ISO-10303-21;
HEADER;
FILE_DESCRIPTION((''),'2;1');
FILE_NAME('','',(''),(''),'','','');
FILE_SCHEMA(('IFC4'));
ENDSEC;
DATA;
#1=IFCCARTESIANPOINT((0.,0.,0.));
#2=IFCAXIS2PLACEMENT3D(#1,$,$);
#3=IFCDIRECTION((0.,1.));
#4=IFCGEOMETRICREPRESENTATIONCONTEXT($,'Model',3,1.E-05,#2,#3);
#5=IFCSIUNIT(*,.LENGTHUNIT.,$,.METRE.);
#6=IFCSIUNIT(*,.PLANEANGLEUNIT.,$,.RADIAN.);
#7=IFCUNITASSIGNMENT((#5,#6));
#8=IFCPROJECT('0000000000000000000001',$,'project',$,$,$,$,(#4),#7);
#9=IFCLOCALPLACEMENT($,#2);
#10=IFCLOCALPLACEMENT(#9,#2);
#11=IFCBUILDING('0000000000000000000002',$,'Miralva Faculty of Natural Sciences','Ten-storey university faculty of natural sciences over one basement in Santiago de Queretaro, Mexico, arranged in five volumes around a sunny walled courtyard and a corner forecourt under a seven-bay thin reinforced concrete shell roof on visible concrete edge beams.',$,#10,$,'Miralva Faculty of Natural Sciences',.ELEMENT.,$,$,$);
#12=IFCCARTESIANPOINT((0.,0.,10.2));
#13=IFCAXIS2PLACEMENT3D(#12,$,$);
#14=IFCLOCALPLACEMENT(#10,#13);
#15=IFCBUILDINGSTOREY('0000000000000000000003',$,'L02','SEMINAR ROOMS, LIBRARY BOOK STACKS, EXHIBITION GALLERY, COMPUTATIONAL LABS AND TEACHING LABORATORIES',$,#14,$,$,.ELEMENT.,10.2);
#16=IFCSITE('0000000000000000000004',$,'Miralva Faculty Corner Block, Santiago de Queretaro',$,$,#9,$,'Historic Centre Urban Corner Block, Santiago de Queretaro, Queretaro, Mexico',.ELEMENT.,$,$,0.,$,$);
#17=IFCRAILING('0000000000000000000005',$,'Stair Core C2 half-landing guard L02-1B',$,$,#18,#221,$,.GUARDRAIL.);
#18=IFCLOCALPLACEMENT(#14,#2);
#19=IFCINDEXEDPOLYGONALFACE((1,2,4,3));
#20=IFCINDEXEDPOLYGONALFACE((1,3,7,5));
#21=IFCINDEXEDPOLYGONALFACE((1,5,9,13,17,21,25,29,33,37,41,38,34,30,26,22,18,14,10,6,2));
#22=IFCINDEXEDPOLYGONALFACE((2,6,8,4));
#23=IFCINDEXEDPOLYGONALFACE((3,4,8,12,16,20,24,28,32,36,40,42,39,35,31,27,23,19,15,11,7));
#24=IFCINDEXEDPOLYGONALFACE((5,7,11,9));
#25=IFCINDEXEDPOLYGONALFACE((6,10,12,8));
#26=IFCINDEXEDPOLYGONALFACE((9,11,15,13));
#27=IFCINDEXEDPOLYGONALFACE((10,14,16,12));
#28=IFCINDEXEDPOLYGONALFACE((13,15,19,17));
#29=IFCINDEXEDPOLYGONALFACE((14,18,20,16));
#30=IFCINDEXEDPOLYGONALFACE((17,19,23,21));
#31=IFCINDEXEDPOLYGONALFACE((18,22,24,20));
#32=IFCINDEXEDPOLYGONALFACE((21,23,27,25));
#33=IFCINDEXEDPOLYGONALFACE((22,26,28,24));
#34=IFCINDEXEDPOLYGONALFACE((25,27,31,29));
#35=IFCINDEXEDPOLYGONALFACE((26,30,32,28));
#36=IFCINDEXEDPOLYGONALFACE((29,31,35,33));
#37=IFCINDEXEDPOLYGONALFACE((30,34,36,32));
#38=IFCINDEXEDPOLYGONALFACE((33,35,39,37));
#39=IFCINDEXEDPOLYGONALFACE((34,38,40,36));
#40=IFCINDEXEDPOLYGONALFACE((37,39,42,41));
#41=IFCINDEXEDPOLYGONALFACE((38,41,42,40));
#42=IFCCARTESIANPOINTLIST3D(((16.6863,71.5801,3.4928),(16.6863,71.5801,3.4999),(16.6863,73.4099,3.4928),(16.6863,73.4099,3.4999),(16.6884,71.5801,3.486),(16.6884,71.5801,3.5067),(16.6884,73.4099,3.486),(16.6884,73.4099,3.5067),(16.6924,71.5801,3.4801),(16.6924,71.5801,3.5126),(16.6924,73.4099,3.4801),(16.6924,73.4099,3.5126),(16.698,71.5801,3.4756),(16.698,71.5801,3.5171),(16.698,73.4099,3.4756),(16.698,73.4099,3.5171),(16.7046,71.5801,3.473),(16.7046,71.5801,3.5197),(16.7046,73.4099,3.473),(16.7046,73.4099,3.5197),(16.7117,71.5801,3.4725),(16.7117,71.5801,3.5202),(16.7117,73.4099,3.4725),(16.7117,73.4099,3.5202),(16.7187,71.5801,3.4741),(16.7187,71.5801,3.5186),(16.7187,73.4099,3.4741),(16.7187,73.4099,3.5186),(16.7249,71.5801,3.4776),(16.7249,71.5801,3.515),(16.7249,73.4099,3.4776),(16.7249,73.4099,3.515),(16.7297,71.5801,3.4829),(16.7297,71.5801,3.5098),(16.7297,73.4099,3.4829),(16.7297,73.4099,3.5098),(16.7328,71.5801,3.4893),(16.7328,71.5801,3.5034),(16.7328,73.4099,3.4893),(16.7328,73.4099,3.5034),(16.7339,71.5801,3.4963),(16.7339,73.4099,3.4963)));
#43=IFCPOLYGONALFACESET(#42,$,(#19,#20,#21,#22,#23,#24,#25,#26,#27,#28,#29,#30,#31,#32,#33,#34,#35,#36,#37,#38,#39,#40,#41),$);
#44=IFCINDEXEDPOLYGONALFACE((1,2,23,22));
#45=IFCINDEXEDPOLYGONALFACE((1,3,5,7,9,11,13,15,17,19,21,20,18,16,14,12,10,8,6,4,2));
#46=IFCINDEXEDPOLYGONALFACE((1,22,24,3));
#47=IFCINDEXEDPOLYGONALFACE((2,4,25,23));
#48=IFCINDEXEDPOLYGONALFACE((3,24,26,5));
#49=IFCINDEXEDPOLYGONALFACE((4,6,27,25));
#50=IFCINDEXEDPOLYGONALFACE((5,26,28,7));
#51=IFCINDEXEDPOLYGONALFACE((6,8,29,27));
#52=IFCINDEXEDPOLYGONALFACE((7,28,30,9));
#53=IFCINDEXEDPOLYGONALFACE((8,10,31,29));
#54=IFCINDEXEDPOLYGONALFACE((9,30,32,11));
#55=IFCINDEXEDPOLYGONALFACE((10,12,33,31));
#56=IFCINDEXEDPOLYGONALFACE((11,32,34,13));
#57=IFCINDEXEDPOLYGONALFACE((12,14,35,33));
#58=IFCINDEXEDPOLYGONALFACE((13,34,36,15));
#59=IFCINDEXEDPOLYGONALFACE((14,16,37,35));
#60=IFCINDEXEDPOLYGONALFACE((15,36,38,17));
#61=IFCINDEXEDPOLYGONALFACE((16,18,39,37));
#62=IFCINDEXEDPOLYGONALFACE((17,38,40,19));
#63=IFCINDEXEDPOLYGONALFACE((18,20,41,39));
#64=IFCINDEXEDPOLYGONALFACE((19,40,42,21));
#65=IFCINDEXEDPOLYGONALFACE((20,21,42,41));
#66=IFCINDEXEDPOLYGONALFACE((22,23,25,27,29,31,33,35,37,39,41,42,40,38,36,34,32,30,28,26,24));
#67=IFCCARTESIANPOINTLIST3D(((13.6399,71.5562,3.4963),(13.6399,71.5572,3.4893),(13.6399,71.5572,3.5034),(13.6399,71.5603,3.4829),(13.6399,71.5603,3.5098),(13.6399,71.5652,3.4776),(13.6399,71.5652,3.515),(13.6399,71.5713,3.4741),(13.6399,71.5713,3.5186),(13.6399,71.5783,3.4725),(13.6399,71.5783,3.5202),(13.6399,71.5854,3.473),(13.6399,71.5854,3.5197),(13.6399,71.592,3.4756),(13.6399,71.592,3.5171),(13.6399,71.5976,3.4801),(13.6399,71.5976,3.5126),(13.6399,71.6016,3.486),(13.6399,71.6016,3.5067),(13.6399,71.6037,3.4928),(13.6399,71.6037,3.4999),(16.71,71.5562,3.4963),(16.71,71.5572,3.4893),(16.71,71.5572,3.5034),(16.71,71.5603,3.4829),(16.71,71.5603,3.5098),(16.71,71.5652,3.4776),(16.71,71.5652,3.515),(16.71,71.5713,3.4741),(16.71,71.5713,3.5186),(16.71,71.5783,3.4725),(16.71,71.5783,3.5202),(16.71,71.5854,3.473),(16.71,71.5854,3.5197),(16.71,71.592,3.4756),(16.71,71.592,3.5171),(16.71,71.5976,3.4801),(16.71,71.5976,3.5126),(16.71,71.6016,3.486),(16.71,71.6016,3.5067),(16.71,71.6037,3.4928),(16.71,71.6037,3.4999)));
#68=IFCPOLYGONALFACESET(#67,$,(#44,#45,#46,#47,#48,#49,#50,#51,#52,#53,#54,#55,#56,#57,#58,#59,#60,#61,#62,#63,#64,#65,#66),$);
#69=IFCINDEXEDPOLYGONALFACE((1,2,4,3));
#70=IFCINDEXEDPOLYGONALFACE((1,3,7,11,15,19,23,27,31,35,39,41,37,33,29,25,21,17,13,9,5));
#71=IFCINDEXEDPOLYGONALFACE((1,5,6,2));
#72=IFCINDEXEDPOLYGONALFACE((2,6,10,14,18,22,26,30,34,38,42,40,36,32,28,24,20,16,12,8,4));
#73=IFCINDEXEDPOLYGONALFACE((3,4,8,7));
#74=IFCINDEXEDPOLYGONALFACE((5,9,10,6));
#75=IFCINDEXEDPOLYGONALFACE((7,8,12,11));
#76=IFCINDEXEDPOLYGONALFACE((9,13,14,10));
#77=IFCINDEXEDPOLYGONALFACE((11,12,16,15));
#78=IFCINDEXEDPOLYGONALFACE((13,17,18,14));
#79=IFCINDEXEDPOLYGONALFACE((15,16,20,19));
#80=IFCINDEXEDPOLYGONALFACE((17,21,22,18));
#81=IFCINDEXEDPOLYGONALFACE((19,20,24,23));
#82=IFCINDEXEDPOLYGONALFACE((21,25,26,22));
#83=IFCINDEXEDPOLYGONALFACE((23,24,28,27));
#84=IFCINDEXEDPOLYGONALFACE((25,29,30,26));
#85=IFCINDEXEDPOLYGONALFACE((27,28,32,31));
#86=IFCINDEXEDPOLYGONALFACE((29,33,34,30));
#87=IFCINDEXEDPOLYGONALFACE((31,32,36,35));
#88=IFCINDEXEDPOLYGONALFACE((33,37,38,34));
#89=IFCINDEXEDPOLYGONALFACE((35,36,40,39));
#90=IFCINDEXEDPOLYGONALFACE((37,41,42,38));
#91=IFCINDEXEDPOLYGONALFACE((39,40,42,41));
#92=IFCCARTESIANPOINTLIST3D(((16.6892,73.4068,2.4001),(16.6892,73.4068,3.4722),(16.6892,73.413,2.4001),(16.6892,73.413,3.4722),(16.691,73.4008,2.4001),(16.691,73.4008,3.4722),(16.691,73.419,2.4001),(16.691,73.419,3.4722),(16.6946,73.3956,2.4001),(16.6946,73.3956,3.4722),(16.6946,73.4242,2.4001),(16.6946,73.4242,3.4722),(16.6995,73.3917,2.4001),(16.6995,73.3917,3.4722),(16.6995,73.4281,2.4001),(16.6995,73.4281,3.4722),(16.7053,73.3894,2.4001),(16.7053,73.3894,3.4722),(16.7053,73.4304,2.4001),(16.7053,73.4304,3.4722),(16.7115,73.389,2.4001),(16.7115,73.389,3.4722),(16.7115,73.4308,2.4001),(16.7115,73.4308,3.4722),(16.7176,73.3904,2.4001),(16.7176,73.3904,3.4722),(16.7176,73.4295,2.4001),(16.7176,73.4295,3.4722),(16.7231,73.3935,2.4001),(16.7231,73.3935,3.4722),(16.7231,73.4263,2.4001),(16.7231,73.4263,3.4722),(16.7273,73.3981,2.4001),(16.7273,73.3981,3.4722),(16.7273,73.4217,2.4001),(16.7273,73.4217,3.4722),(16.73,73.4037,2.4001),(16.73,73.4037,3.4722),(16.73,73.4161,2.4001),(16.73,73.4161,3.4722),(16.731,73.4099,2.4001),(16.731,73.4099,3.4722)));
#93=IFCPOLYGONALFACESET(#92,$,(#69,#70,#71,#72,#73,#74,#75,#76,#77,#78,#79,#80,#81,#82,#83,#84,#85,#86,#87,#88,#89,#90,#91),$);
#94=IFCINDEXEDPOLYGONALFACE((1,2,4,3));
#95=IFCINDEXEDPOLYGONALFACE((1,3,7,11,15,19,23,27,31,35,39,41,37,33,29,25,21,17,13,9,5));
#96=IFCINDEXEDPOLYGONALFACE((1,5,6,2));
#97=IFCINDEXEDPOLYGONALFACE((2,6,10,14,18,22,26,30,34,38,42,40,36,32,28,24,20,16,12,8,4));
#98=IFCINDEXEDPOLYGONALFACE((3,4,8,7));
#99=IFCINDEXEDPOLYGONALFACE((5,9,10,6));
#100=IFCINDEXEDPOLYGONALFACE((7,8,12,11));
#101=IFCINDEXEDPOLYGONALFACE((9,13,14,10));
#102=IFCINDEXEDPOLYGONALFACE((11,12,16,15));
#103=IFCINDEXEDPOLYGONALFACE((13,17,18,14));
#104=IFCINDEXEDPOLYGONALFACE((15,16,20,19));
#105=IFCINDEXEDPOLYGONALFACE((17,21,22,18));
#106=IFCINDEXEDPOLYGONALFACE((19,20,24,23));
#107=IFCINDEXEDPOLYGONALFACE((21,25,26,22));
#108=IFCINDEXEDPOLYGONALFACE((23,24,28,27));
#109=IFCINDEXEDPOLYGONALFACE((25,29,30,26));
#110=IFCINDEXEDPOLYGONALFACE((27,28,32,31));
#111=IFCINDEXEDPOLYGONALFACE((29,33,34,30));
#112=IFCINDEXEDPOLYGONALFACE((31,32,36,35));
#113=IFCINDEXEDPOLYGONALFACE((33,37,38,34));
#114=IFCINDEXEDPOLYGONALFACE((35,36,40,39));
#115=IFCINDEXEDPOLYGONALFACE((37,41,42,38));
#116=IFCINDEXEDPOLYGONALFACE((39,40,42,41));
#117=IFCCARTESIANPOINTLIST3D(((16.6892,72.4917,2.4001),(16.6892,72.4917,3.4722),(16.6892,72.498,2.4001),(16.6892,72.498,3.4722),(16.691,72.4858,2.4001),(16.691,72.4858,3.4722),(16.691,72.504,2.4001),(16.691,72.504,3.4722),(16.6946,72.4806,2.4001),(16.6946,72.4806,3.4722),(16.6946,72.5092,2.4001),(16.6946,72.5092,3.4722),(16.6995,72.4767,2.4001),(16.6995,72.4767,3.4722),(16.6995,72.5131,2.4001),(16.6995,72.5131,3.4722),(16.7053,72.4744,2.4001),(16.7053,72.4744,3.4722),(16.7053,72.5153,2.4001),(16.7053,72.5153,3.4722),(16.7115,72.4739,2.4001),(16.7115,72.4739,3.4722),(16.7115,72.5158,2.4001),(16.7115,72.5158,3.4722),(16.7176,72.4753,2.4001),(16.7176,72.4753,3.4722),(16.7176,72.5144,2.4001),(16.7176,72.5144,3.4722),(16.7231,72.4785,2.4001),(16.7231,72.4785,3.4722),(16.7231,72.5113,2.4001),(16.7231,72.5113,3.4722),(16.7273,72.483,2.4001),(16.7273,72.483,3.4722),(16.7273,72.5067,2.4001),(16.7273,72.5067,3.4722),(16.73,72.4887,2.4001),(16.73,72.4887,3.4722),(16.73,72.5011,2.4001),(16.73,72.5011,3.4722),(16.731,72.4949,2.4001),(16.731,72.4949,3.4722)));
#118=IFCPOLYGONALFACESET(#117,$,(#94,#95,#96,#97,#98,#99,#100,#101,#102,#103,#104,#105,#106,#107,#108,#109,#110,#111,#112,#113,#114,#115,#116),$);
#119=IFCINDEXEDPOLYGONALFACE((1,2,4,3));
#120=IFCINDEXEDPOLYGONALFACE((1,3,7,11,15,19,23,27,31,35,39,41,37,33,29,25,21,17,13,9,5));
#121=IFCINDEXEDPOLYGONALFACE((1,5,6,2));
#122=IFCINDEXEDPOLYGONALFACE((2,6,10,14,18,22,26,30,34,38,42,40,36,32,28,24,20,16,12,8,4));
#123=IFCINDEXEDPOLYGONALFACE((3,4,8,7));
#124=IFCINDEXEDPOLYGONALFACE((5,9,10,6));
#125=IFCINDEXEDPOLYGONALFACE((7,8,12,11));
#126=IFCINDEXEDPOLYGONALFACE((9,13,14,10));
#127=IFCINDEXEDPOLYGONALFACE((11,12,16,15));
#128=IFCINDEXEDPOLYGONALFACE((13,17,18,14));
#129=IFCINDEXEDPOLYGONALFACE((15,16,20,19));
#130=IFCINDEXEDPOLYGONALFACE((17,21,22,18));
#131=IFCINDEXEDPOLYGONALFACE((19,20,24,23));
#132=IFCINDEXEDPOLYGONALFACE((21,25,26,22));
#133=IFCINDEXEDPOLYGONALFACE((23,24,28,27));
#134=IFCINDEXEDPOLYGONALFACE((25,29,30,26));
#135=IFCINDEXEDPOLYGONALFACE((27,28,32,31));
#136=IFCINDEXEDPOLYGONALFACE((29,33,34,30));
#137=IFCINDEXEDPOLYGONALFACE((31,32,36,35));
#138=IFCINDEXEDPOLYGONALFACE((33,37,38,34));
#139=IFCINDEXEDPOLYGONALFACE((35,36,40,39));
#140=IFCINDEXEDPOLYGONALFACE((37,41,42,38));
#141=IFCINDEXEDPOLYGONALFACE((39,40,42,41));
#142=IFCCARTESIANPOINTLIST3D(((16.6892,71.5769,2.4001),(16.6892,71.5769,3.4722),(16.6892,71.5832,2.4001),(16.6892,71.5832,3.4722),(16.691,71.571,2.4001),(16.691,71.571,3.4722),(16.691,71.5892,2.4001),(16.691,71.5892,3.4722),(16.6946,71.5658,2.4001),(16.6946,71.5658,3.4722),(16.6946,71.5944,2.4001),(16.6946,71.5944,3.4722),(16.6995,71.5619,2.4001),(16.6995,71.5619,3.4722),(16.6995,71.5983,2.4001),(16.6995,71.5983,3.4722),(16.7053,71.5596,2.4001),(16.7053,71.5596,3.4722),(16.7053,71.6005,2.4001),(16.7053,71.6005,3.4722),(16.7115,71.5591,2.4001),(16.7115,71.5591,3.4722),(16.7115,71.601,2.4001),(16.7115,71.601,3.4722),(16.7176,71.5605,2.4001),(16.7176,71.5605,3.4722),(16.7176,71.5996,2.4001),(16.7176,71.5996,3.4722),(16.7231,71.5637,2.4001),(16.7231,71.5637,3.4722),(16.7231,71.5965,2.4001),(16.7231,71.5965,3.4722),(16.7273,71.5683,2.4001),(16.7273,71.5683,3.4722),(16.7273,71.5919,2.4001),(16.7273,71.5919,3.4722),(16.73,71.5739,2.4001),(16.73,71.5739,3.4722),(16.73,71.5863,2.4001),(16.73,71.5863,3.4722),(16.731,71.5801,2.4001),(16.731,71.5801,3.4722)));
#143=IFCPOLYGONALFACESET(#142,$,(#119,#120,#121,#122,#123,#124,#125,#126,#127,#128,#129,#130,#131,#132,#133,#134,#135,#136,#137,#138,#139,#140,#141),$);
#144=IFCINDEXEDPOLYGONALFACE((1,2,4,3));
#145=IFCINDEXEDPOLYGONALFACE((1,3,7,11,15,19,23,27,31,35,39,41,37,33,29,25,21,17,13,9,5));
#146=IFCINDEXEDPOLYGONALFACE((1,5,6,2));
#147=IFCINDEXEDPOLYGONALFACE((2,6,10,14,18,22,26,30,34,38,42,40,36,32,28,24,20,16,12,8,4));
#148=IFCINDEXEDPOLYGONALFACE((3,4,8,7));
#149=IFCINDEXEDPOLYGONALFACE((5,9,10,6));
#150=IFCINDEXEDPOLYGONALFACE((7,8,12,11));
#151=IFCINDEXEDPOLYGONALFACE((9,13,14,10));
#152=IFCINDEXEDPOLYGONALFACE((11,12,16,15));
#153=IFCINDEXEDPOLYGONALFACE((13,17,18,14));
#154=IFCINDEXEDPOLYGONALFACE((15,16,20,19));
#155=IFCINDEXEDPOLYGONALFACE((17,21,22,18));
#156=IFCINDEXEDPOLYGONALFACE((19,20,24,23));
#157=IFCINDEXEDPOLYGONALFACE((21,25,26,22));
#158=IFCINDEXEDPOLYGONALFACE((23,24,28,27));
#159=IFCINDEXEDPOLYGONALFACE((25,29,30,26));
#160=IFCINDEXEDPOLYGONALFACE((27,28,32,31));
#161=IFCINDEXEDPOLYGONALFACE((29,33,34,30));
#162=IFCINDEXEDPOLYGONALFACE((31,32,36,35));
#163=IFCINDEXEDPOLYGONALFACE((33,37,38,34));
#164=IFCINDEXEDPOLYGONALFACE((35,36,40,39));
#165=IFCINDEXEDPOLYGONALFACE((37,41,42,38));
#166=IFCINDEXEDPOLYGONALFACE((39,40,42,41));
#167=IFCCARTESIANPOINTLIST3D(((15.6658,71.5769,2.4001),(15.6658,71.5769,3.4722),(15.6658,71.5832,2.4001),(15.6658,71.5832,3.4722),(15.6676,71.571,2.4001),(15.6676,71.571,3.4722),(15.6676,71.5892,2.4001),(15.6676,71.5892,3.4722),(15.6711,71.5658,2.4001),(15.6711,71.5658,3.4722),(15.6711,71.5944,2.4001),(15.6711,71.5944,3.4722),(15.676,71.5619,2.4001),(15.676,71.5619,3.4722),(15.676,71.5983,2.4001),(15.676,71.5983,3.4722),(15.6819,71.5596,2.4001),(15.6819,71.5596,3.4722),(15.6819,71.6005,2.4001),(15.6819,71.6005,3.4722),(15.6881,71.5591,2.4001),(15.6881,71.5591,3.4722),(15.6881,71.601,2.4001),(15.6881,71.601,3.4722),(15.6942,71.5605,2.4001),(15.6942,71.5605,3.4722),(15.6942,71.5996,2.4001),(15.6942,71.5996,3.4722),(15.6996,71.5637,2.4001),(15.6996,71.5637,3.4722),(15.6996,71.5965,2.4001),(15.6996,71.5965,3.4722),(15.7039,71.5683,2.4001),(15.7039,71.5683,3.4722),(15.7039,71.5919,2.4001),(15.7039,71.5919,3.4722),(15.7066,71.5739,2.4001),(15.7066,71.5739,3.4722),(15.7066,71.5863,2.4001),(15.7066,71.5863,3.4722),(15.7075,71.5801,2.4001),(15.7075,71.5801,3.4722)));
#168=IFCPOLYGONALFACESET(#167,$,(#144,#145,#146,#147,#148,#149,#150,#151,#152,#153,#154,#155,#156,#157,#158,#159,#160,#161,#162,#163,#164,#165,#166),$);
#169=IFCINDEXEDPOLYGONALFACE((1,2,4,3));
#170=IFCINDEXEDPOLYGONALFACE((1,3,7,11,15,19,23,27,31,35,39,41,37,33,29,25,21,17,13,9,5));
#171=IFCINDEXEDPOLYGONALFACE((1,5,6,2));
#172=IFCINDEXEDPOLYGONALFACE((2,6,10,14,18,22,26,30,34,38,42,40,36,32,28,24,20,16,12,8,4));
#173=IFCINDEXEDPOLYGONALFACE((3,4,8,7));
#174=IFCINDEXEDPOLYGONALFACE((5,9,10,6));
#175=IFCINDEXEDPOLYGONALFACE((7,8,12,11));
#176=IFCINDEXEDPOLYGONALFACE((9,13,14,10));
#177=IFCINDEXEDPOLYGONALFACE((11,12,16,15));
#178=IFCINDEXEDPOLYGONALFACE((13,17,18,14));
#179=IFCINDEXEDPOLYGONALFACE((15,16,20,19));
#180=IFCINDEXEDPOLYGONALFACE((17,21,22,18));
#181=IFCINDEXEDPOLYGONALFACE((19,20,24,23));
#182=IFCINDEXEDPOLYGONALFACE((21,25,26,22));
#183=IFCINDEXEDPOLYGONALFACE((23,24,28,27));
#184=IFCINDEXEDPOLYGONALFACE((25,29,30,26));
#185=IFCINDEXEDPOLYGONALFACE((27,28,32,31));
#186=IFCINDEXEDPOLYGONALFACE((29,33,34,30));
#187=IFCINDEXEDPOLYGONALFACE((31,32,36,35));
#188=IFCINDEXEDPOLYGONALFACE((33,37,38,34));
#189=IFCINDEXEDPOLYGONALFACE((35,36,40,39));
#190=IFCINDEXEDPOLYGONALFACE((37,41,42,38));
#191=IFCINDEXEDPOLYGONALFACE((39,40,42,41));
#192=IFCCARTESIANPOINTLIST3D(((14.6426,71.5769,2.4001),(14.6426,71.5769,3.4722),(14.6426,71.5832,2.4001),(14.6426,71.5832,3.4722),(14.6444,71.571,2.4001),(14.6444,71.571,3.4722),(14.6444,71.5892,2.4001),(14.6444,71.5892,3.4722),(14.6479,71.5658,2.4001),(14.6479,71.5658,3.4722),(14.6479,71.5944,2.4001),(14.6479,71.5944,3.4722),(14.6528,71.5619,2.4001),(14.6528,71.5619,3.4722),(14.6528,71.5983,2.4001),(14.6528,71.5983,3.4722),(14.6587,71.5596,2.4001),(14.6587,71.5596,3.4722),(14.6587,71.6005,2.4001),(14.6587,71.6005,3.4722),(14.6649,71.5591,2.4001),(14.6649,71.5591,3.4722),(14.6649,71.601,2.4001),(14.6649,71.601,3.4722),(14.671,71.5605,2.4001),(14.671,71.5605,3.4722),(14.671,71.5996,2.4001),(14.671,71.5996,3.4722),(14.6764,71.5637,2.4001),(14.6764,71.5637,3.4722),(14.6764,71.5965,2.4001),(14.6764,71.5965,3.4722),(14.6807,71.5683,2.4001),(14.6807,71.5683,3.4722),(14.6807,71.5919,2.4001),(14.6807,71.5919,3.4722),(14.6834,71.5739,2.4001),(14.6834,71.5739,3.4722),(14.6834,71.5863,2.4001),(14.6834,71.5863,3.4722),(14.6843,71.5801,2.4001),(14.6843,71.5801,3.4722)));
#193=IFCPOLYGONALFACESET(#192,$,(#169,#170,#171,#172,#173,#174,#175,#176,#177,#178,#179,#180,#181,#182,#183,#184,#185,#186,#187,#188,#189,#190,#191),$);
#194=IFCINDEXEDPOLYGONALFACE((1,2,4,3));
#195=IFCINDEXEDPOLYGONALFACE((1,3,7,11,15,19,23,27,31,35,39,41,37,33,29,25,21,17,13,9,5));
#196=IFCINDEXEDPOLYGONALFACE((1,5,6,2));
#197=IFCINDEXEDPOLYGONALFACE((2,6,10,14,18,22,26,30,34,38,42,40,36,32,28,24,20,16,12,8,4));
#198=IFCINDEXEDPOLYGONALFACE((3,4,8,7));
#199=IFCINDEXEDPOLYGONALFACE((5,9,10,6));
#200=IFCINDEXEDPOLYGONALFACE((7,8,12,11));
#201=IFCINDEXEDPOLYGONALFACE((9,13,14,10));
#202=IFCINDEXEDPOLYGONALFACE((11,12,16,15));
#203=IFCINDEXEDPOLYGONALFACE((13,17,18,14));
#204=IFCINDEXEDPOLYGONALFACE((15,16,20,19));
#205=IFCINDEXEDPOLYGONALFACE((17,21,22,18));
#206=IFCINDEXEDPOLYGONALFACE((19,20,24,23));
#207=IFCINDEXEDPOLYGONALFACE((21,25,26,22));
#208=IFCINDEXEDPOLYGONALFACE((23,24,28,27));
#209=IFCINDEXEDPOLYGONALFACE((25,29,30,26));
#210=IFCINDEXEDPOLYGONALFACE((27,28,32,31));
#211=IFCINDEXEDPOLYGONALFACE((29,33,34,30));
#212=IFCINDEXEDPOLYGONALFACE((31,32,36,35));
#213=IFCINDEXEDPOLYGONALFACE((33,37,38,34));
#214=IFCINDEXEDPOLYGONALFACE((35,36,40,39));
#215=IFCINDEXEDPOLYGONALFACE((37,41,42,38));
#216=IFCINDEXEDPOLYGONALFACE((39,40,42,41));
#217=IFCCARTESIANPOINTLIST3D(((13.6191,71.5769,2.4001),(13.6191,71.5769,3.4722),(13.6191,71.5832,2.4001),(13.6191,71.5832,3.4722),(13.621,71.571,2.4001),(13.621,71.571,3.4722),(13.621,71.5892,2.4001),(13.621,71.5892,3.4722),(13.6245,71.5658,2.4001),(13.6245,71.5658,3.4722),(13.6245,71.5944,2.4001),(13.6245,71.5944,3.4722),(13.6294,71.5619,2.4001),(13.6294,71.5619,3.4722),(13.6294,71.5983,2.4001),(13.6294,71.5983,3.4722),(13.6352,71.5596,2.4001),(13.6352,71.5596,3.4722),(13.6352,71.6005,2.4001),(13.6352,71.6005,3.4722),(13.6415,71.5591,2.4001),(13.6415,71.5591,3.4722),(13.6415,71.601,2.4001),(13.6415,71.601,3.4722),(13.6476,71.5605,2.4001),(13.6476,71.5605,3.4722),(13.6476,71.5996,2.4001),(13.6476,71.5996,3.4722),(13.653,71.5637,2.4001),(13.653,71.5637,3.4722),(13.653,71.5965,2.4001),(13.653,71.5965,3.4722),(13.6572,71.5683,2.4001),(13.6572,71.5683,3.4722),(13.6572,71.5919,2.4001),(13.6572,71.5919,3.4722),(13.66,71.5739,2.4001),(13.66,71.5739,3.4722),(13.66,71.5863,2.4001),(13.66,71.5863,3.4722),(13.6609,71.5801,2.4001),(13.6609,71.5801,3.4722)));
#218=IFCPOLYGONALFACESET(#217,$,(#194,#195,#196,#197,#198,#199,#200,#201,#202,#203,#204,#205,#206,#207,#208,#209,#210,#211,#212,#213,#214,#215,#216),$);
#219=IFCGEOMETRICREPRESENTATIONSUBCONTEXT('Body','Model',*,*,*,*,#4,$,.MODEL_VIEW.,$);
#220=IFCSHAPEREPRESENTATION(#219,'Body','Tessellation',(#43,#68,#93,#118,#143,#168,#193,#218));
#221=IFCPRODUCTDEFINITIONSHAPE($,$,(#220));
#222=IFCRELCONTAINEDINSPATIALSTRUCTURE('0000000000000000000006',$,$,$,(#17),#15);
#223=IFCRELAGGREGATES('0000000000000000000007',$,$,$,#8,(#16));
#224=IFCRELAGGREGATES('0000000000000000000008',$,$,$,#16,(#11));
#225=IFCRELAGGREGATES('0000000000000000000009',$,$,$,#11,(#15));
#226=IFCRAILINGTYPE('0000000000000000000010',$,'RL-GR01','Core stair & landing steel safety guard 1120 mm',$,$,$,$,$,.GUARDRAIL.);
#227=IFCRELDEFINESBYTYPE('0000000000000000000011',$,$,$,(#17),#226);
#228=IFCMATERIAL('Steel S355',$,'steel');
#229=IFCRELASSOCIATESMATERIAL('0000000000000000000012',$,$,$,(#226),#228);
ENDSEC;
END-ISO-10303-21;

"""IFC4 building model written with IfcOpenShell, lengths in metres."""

from ifc_helpers import new_model, si_unit, direction, frame, origin, origin_2d, place, context, subcontext, project, spatial, circle, extrude, material, type_object, element, save


model = new_model("IFC4")

# Units and contexts
model_context = context("Model", 3, precision=1e-05, world=origin(), true_north=direction((0.0, 1.0)))
body_context = subcontext(model_context, "Body", "Model", "MODEL_VIEW")
ifc_project = project(units=[si_unit("LENGTHUNIT", "METRE"), si_unit("PLANEANGLEUNIT", "RADIAN")], contexts=[model_context])

# Site, building, storey
site_placement = place(None, origin())
site = spatial("IfcSite", under=ifc_project, at=site_placement, Name="Miralva Faculty Corner Block, Santiago de Queretaro", LongName="Historic Centre Urban Corner Block, Santiago de Queretaro, Queretaro, Mexico", CompositionType="ELEMENT", RefElevation=0.0)
building_placement = place(site_placement, origin())
building = spatial("IfcBuilding", under=site, at=building_placement, Name="Miralva Faculty of Natural Sciences", Description="Ten-storey university faculty of natural sciences over one basement in Santiago de Queretaro, Mexico, arranged in five volumes around a sunny walled courtyard and a corner forecourt under a seven-bay thin reinforced concrete shell roof on visible concrete edge beams.", LongName="Miralva Faculty of Natural Sciences", CompositionType="ELEMENT")
storey_placement = place(building_placement, frame((0.0, 0.0, 10.2)))
storey = spatial("IfcBuildingStorey", under=building, at=storey_placement, Name="L02", Description="SEMINAR ROOMS, LIBRARY BOOK STACKS, EXHIBITION GALLERY, COMPUTATIONAL LABS AND TEACHING LABORATORIES", CompositionType="ELEMENT", Elevation=10.2)

# Railing
ifc_material_1 = material(Name="Steel S355", Category="steel")
railing_type_1 = type_object("IfcRailingType", Name="RL-GR01", Description="Core stair & landing steel safety guard 1120 mm", PredefinedType="GUARDRAIL", material=ifc_material_1)
railing_1_placement = place(storey_placement, frame((16.71, 73.4099, 2.4001)))
element("IfcRailing", 1, at=railing_1_placement, inside=storey, type_object=railing_type_1, Name="Stair Core C2 half-landing guard L02-1B", PredefinedType="GUARDRAIL", context=body_context, shape_type="SweptSolid", body=[
    extrude(circle(Radius=0.0239, at=origin_2d()), frame((0.0, 0.0, 1.0962), z_axis=(0.0, -1.0, 0.0), x_axis=(1.0, 0.0, 0.0)), (0.0, 0.0, 1.0), 1.8298),
    extrude(circle(Radius=0.0239, at=origin_2d()), frame((0.0, -1.8298, 1.0962), z_axis=(-1.0, 0.0, 0.0), x_axis=(0.0, -1.0, 0.0)), (0.0, 0.0, 1.0), 3.0701),
    extrude(circle(Radius=0.021, at=origin_2d()), origin(), (0.0, 0.0, 1.0), 1.072),
    extrude(circle(Radius=0.021, at=origin_2d()), frame((0.0, -0.915, 0.0)), (0.0, 0.0, 1.0), 1.072),
    extrude(circle(Radius=0.021, at=origin_2d()), frame((0.0, -1.8298, 0.0)), (0.0, 0.0, 1.0), 1.072),
    extrude(circle(Radius=0.021, at=origin_2d()), frame((-1.0234, -1.8298, 0.0)), (0.0, 0.0, 1.0), 1.072),
    extrude(circle(Radius=0.021, at=origin_2d()), frame((-2.0466, -1.8298, 0.0)), (0.0, 0.0, 1.0), 1.072),
    extrude(circle(Radius=0.021, at=origin_2d()), frame((-3.0701, -1.8298, 0.0)), (0.0, 0.0, 1.0), 1.072),
])

save(model, "model.ifc")
